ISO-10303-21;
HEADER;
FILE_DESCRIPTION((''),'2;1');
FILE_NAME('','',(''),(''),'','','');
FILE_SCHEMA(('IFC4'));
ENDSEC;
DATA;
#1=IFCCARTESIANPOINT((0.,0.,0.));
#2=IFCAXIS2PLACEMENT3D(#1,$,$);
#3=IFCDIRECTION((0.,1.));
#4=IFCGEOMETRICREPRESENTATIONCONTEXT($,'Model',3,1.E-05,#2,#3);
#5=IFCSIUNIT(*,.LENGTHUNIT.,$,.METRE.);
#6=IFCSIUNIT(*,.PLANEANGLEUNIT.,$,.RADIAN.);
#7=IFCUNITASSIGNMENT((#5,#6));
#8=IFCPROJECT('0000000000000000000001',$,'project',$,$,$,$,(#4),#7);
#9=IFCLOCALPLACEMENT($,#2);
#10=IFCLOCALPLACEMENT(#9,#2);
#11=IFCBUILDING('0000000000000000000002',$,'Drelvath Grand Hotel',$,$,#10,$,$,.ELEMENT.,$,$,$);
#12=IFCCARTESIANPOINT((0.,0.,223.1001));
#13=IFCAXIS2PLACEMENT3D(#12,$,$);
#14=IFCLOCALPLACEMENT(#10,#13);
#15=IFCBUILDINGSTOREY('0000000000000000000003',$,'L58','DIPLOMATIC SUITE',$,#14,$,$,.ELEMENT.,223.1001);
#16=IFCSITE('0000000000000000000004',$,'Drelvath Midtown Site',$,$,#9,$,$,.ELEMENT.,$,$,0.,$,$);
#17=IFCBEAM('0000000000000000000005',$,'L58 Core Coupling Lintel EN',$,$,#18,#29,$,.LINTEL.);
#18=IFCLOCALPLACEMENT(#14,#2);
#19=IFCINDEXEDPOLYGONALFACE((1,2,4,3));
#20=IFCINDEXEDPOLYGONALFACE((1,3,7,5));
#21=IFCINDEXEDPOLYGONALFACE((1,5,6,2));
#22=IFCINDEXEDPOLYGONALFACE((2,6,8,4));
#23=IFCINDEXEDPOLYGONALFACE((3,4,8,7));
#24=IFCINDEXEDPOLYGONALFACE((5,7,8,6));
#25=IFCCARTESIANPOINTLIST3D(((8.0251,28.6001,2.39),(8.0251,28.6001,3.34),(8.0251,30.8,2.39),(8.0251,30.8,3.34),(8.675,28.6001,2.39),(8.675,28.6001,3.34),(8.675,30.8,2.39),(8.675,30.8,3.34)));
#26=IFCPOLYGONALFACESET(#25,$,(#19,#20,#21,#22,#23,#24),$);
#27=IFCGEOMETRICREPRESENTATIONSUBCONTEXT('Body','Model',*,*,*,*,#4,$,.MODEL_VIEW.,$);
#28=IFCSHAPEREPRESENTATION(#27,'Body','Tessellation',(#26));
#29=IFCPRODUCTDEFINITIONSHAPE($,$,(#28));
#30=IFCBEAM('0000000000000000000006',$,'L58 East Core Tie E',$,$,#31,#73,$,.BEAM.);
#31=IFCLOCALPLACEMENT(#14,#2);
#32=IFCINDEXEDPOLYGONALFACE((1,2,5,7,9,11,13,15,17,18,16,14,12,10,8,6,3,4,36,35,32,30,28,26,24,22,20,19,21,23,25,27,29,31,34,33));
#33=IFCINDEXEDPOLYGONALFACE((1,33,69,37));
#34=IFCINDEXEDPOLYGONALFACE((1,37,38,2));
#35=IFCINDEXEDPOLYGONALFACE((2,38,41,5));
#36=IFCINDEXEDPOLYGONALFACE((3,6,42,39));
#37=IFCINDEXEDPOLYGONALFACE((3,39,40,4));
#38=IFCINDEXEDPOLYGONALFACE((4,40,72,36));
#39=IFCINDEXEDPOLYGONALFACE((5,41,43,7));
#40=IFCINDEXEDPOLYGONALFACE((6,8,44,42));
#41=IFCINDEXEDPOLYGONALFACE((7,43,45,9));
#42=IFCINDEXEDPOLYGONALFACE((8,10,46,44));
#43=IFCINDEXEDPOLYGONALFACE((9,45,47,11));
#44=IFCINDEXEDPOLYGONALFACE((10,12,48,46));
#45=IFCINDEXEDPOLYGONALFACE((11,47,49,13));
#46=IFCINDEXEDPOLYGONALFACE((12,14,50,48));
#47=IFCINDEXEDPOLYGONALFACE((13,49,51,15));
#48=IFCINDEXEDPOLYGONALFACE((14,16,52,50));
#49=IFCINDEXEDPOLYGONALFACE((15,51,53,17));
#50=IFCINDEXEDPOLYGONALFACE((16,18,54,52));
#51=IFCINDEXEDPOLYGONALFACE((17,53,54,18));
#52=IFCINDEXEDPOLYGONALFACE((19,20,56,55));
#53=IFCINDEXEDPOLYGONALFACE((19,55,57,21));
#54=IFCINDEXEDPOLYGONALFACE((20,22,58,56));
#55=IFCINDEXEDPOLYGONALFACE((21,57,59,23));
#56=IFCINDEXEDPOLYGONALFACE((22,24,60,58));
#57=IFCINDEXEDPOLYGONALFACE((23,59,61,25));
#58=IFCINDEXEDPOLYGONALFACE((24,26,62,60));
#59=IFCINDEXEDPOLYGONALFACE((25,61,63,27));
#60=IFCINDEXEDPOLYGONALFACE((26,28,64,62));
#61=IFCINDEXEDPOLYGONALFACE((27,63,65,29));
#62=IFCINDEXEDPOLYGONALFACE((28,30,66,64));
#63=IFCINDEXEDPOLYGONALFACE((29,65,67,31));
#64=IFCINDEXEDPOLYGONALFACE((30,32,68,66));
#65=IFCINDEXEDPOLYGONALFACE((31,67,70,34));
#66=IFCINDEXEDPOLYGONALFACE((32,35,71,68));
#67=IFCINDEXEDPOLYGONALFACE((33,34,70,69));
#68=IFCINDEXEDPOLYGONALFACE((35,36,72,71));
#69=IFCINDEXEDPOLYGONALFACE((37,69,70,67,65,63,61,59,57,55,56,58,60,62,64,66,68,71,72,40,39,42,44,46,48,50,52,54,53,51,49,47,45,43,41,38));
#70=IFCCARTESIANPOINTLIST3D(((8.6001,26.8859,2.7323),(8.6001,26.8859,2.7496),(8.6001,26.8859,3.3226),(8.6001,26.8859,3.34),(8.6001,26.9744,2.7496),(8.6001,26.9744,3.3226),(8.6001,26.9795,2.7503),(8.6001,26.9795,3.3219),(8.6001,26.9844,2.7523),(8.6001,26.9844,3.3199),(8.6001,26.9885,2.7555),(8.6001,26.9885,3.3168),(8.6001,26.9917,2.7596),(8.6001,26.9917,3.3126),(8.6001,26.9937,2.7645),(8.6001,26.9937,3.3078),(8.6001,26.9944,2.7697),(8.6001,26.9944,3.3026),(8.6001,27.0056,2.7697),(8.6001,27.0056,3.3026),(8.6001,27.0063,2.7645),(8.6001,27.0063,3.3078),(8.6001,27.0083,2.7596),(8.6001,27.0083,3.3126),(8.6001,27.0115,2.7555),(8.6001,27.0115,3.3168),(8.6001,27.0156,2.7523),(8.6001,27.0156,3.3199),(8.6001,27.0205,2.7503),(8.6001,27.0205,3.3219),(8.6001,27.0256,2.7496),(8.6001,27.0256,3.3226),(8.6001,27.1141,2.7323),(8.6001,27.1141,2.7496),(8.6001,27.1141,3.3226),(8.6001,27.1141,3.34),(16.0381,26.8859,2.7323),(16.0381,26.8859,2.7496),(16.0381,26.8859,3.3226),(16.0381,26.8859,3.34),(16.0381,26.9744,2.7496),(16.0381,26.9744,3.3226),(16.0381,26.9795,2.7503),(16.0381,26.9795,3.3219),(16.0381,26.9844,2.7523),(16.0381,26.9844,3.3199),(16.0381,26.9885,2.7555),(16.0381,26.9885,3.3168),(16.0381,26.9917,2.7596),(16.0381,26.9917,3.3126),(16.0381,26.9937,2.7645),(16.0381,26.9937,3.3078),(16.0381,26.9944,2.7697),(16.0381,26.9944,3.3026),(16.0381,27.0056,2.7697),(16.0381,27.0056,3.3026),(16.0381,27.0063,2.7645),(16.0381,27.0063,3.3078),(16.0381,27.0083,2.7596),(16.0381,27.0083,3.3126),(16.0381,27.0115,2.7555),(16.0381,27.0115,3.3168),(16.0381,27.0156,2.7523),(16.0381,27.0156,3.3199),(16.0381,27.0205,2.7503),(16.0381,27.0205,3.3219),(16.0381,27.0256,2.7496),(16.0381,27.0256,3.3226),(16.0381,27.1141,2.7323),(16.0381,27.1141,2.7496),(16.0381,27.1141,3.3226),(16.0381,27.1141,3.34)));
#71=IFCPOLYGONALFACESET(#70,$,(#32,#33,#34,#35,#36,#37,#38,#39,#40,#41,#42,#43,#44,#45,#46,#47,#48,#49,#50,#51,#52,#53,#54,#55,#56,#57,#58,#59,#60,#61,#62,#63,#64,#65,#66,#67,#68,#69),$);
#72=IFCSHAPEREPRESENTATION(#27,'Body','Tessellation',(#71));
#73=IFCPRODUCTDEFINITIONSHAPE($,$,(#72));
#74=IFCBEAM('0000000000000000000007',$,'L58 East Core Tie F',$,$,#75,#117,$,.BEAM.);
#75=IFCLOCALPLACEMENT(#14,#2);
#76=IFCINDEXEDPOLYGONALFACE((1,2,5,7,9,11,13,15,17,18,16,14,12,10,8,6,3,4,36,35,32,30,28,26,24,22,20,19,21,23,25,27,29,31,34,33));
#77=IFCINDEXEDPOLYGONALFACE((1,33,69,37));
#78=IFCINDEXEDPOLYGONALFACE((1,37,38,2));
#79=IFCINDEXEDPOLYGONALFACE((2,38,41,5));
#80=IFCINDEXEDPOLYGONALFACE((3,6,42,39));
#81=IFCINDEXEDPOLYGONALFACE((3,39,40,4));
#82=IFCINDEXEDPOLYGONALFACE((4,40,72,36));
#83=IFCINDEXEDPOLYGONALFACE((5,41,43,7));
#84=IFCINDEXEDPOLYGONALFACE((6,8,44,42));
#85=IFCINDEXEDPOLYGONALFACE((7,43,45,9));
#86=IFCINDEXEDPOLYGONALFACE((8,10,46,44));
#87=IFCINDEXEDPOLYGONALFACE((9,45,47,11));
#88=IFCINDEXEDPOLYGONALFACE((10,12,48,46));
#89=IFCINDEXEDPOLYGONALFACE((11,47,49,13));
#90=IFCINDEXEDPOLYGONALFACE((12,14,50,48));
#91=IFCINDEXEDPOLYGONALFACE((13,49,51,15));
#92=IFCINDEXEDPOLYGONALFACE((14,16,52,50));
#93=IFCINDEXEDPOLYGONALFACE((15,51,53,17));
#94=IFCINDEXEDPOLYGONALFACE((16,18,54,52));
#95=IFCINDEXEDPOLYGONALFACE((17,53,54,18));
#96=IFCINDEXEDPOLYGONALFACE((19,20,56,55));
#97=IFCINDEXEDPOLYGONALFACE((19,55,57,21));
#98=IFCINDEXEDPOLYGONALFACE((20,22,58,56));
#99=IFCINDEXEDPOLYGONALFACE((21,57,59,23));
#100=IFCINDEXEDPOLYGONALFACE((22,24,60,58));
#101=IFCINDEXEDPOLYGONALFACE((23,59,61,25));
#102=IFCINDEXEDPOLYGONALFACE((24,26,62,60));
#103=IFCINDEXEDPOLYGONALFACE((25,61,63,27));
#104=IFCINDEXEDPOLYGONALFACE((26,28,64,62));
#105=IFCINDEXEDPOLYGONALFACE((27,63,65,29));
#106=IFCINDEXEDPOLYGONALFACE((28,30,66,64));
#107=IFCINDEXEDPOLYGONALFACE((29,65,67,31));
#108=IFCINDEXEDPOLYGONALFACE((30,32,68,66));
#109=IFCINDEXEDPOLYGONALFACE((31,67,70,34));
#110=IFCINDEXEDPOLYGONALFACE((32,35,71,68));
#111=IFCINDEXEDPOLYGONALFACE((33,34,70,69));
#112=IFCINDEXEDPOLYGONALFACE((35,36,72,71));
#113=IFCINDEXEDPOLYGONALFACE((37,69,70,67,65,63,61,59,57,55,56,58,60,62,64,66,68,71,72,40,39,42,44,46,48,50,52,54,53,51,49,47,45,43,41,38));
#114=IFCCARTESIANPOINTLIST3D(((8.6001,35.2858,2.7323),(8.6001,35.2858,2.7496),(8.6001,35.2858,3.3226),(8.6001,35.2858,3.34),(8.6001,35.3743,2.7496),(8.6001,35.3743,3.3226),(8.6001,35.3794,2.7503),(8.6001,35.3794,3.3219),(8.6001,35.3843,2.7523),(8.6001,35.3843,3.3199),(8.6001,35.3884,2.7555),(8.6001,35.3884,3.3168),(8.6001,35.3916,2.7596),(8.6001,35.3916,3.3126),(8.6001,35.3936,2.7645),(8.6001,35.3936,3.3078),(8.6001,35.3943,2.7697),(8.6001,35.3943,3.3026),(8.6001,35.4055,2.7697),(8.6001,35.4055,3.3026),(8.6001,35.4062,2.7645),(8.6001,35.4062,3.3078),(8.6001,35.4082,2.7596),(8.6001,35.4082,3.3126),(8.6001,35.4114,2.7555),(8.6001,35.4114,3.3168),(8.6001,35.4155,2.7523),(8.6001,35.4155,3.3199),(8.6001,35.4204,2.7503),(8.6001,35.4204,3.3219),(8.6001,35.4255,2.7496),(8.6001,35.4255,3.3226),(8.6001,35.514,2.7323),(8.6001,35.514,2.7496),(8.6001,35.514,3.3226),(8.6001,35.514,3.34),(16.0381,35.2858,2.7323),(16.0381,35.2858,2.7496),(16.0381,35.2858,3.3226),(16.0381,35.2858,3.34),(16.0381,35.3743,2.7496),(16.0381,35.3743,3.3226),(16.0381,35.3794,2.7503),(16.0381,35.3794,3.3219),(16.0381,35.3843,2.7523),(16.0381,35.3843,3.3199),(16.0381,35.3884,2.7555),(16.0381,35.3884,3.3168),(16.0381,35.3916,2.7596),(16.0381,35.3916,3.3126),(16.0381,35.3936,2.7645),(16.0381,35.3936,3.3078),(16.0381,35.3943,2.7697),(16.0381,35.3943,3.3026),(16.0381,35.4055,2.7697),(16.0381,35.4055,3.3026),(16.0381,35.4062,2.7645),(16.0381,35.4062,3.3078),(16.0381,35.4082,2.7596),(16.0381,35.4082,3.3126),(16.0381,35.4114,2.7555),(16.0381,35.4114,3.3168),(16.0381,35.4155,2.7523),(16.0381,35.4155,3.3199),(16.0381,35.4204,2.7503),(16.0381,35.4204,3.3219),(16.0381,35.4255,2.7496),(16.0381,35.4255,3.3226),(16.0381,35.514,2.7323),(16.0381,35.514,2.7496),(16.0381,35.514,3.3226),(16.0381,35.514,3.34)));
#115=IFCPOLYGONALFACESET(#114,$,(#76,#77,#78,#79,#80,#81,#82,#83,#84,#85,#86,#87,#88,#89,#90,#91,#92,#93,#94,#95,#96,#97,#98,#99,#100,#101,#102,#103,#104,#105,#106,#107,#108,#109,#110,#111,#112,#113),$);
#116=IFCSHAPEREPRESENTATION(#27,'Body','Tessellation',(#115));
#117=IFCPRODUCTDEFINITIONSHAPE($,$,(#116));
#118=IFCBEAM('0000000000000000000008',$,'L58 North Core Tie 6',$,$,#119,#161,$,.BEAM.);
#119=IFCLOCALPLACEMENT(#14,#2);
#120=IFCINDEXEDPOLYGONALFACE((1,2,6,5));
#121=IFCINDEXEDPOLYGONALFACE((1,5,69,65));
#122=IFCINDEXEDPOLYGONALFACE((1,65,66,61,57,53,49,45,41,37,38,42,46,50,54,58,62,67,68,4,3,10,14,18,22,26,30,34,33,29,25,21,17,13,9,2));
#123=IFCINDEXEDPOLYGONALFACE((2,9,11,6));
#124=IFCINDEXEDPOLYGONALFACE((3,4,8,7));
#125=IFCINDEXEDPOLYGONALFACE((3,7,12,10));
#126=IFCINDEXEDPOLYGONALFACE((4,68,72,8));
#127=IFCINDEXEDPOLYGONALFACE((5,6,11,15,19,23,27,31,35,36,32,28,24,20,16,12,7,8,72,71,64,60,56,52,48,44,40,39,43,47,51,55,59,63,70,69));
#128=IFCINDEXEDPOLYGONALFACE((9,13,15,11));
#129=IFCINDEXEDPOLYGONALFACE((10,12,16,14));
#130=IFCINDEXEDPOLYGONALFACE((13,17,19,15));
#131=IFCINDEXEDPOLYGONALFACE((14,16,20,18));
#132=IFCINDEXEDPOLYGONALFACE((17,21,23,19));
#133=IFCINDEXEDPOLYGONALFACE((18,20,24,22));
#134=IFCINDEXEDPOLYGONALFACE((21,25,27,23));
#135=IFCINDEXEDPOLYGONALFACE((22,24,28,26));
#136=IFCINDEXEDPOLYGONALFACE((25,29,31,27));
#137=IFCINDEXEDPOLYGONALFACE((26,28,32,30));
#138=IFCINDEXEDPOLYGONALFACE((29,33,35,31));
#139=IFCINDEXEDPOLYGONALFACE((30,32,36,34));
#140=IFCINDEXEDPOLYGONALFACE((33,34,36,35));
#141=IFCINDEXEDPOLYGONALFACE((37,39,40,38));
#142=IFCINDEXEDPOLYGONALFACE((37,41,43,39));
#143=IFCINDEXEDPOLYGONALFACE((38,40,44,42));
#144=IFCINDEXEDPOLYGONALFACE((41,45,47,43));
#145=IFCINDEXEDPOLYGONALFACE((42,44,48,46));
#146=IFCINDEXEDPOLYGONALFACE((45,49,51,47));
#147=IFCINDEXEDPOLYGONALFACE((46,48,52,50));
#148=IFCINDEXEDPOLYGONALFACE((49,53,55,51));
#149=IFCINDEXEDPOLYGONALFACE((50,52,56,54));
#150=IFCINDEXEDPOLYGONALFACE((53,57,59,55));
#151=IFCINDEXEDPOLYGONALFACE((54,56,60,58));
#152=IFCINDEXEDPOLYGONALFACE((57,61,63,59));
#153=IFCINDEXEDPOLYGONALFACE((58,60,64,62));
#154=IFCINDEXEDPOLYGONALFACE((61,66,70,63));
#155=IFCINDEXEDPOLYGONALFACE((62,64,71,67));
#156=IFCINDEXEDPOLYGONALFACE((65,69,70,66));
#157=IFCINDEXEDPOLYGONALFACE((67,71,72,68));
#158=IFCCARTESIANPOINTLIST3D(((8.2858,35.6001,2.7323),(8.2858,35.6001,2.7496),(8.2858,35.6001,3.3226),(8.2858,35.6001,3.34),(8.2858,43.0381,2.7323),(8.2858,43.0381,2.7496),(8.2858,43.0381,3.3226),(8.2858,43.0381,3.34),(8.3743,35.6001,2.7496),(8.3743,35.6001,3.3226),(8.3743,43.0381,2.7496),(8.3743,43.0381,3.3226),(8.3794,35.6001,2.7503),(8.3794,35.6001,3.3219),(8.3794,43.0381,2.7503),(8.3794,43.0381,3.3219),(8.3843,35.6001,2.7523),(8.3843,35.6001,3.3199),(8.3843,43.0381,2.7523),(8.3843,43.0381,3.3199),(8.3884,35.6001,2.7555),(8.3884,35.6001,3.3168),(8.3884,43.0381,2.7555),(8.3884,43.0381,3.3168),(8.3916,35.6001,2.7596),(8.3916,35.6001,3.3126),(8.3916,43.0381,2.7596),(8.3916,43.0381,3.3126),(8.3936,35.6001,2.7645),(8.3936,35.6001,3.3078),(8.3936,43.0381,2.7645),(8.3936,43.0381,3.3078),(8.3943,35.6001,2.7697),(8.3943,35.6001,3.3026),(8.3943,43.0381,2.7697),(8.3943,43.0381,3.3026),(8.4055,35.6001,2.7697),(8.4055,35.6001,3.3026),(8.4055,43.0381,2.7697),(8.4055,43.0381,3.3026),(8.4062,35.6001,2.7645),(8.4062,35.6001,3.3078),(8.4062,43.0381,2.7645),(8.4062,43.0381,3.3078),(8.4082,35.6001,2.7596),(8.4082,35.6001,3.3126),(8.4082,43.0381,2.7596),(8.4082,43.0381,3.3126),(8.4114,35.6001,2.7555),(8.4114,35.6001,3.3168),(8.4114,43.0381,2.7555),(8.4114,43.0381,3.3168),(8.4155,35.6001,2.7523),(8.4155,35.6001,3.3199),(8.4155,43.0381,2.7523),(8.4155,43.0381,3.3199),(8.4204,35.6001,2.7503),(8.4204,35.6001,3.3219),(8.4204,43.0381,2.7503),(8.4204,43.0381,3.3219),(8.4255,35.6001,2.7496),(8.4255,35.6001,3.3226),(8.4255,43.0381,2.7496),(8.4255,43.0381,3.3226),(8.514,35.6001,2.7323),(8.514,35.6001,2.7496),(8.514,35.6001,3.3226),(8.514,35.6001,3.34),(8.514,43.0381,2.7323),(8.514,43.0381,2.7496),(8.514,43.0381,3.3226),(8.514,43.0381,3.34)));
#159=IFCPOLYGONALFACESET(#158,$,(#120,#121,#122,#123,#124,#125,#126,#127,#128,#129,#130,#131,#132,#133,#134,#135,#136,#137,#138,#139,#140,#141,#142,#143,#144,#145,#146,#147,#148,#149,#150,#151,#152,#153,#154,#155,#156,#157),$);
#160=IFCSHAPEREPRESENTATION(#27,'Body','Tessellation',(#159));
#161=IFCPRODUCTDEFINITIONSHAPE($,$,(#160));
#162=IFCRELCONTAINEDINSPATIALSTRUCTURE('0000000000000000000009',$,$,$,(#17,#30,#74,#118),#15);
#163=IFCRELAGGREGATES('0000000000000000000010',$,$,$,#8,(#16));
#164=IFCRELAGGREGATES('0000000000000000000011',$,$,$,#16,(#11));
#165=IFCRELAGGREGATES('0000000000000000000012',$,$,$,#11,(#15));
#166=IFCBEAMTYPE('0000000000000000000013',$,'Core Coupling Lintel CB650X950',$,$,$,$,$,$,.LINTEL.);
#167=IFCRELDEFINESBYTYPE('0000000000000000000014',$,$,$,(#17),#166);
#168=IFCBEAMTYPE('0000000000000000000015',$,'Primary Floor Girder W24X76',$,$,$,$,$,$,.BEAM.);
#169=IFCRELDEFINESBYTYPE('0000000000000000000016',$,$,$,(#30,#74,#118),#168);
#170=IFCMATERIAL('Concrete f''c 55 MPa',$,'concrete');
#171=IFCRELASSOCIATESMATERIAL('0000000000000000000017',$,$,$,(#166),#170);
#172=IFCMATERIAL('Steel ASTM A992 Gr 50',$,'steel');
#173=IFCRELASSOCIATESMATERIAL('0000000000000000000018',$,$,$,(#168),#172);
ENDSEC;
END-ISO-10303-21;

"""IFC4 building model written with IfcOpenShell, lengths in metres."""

from ifc_helpers import new_model, si_unit, direction, frame, origin, origin_2d, place, context, subcontext, project, spatial, rectangle, i_section, extrude, material, material_profile, profile_set, type_object, element, save


model = new_model("IFC4")

# Units and contexts
model_context = context("Model", 3, precision=1e-05, world=origin(), true_north=direction((0.0, 1.0)))
body_context = subcontext(model_context, "Body", "Model", "MODEL_VIEW")
ifc_project = project(units=[si_unit("LENGTHUNIT", "METRE"), si_unit("PLANEANGLEUNIT", "RADIAN")], contexts=[model_context])

# Site, building, storey
site_placement = place(None, origin())
site = spatial("IfcSite", under=ifc_project, at=site_placement, Name="Drelvath Midtown Site", CompositionType="ELEMENT", RefElevation=0.0)
building_placement = place(site_placement, origin())
building = spatial("IfcBuilding", under=site, at=building_placement, Name="Drelvath Grand Hotel", CompositionType="ELEMENT")
storey_placement = place(building_placement, frame((0.0, 0.0, 223.1001)))
storey = spatial("IfcBuildingStorey", under=building, at=storey_placement, Name="L58", Description="DIPLOMATIC SUITE", CompositionType="ELEMENT", Elevation=223.1001)

# Beams
ifc_material_1 = material(Name="Concrete f'c 55 MPa", Category="concrete")
ifc_material_profile_1 = material_profile(ifc_material_1, rectangle(XDim=0.6499, YDim=0.95, at=origin_2d()), Name="CB650X950")
ifc_profile_set_1 = profile_set([ifc_material_profile_1], Name="Concrete f'c 55 MPa")
beam_type_1 = type_object("IfcBeamType", Name="Core Coupling Lintel CB650X950", PredefinedType="LINTEL", material=ifc_profile_set_1)
beam_placement = place(storey_placement, frame((8.3501, 28.6001, 2.865), z_axis=(0.0, 1.0, 0.0), x_axis=(-1.0, 0.0, 0.0)))
element("IfcBeam", 1, at=beam_placement, inside=storey, type_object=beam_type_1, Name="L58 Core Coupling Lintel EN", PredefinedType="LINTEL", context=body_context, shape_type="SweptSolid", body=[
    extrude(rectangle(XDim=0.6499, YDim=0.95, at=origin_2d()), origin(), (0.0, 0.0, 1.0), 2.2),
])
ifc_material_2 = material(Name="Steel ASTM A992 Gr 50", Category="steel")
ifc_material_profile_2 = material_profile(ifc_material_2, i_section(OverallWidth=0.2283, OverallDepth=0.6077, WebThickness=0.0112, FlangeThickness=0.0173, FilletRadius=0.02, at=origin_2d()), Name="W24X76")
ifc_profile_set_2 = profile_set([ifc_material_profile_2], Name="Steel ASTM A992 Gr 50")
beam_type_2 = type_object("IfcBeamType", Name="Primary Floor Girder W24X76", PredefinedType="BEAM", material=ifc_profile_set_2)
for number, where, z_axis, x_axis, name in (
    (2, (8.6001, 27.0, 3.0361), (1.0, 0.0, 0.0), (0.0, 1.0, 0.0), "L58 East Core Tie E"),
    (3, (8.6001, 35.3999, 3.0361), (1.0, 0.0, 0.0), (0.0, 1.0, 0.0), "L58 East Core Tie F"),
    (4, (8.3999, 35.6001, 3.0361), (0.0, 1.0, 0.0), (-1.0, 0.0, 0.0), "L58 North Core Tie 6"),
):
    element("IfcBeam", number, at=place(storey_placement, frame(where, z_axis=z_axis, x_axis=x_axis)), inside=storey, type_object=beam_type_2, Name=name, PredefinedType="BEAM", context=body_context, shape_type="SweptSolid", body=[
        extrude(i_section(OverallWidth=0.2283, OverallDepth=0.6077, WebThickness=0.0112, FlangeThickness=0.0173, FilletRadius=0.02, at=origin_2d()), origin(), (0.0, 0.0, 1.0), 7.438),
    ])

save(model, "model.ifc")
